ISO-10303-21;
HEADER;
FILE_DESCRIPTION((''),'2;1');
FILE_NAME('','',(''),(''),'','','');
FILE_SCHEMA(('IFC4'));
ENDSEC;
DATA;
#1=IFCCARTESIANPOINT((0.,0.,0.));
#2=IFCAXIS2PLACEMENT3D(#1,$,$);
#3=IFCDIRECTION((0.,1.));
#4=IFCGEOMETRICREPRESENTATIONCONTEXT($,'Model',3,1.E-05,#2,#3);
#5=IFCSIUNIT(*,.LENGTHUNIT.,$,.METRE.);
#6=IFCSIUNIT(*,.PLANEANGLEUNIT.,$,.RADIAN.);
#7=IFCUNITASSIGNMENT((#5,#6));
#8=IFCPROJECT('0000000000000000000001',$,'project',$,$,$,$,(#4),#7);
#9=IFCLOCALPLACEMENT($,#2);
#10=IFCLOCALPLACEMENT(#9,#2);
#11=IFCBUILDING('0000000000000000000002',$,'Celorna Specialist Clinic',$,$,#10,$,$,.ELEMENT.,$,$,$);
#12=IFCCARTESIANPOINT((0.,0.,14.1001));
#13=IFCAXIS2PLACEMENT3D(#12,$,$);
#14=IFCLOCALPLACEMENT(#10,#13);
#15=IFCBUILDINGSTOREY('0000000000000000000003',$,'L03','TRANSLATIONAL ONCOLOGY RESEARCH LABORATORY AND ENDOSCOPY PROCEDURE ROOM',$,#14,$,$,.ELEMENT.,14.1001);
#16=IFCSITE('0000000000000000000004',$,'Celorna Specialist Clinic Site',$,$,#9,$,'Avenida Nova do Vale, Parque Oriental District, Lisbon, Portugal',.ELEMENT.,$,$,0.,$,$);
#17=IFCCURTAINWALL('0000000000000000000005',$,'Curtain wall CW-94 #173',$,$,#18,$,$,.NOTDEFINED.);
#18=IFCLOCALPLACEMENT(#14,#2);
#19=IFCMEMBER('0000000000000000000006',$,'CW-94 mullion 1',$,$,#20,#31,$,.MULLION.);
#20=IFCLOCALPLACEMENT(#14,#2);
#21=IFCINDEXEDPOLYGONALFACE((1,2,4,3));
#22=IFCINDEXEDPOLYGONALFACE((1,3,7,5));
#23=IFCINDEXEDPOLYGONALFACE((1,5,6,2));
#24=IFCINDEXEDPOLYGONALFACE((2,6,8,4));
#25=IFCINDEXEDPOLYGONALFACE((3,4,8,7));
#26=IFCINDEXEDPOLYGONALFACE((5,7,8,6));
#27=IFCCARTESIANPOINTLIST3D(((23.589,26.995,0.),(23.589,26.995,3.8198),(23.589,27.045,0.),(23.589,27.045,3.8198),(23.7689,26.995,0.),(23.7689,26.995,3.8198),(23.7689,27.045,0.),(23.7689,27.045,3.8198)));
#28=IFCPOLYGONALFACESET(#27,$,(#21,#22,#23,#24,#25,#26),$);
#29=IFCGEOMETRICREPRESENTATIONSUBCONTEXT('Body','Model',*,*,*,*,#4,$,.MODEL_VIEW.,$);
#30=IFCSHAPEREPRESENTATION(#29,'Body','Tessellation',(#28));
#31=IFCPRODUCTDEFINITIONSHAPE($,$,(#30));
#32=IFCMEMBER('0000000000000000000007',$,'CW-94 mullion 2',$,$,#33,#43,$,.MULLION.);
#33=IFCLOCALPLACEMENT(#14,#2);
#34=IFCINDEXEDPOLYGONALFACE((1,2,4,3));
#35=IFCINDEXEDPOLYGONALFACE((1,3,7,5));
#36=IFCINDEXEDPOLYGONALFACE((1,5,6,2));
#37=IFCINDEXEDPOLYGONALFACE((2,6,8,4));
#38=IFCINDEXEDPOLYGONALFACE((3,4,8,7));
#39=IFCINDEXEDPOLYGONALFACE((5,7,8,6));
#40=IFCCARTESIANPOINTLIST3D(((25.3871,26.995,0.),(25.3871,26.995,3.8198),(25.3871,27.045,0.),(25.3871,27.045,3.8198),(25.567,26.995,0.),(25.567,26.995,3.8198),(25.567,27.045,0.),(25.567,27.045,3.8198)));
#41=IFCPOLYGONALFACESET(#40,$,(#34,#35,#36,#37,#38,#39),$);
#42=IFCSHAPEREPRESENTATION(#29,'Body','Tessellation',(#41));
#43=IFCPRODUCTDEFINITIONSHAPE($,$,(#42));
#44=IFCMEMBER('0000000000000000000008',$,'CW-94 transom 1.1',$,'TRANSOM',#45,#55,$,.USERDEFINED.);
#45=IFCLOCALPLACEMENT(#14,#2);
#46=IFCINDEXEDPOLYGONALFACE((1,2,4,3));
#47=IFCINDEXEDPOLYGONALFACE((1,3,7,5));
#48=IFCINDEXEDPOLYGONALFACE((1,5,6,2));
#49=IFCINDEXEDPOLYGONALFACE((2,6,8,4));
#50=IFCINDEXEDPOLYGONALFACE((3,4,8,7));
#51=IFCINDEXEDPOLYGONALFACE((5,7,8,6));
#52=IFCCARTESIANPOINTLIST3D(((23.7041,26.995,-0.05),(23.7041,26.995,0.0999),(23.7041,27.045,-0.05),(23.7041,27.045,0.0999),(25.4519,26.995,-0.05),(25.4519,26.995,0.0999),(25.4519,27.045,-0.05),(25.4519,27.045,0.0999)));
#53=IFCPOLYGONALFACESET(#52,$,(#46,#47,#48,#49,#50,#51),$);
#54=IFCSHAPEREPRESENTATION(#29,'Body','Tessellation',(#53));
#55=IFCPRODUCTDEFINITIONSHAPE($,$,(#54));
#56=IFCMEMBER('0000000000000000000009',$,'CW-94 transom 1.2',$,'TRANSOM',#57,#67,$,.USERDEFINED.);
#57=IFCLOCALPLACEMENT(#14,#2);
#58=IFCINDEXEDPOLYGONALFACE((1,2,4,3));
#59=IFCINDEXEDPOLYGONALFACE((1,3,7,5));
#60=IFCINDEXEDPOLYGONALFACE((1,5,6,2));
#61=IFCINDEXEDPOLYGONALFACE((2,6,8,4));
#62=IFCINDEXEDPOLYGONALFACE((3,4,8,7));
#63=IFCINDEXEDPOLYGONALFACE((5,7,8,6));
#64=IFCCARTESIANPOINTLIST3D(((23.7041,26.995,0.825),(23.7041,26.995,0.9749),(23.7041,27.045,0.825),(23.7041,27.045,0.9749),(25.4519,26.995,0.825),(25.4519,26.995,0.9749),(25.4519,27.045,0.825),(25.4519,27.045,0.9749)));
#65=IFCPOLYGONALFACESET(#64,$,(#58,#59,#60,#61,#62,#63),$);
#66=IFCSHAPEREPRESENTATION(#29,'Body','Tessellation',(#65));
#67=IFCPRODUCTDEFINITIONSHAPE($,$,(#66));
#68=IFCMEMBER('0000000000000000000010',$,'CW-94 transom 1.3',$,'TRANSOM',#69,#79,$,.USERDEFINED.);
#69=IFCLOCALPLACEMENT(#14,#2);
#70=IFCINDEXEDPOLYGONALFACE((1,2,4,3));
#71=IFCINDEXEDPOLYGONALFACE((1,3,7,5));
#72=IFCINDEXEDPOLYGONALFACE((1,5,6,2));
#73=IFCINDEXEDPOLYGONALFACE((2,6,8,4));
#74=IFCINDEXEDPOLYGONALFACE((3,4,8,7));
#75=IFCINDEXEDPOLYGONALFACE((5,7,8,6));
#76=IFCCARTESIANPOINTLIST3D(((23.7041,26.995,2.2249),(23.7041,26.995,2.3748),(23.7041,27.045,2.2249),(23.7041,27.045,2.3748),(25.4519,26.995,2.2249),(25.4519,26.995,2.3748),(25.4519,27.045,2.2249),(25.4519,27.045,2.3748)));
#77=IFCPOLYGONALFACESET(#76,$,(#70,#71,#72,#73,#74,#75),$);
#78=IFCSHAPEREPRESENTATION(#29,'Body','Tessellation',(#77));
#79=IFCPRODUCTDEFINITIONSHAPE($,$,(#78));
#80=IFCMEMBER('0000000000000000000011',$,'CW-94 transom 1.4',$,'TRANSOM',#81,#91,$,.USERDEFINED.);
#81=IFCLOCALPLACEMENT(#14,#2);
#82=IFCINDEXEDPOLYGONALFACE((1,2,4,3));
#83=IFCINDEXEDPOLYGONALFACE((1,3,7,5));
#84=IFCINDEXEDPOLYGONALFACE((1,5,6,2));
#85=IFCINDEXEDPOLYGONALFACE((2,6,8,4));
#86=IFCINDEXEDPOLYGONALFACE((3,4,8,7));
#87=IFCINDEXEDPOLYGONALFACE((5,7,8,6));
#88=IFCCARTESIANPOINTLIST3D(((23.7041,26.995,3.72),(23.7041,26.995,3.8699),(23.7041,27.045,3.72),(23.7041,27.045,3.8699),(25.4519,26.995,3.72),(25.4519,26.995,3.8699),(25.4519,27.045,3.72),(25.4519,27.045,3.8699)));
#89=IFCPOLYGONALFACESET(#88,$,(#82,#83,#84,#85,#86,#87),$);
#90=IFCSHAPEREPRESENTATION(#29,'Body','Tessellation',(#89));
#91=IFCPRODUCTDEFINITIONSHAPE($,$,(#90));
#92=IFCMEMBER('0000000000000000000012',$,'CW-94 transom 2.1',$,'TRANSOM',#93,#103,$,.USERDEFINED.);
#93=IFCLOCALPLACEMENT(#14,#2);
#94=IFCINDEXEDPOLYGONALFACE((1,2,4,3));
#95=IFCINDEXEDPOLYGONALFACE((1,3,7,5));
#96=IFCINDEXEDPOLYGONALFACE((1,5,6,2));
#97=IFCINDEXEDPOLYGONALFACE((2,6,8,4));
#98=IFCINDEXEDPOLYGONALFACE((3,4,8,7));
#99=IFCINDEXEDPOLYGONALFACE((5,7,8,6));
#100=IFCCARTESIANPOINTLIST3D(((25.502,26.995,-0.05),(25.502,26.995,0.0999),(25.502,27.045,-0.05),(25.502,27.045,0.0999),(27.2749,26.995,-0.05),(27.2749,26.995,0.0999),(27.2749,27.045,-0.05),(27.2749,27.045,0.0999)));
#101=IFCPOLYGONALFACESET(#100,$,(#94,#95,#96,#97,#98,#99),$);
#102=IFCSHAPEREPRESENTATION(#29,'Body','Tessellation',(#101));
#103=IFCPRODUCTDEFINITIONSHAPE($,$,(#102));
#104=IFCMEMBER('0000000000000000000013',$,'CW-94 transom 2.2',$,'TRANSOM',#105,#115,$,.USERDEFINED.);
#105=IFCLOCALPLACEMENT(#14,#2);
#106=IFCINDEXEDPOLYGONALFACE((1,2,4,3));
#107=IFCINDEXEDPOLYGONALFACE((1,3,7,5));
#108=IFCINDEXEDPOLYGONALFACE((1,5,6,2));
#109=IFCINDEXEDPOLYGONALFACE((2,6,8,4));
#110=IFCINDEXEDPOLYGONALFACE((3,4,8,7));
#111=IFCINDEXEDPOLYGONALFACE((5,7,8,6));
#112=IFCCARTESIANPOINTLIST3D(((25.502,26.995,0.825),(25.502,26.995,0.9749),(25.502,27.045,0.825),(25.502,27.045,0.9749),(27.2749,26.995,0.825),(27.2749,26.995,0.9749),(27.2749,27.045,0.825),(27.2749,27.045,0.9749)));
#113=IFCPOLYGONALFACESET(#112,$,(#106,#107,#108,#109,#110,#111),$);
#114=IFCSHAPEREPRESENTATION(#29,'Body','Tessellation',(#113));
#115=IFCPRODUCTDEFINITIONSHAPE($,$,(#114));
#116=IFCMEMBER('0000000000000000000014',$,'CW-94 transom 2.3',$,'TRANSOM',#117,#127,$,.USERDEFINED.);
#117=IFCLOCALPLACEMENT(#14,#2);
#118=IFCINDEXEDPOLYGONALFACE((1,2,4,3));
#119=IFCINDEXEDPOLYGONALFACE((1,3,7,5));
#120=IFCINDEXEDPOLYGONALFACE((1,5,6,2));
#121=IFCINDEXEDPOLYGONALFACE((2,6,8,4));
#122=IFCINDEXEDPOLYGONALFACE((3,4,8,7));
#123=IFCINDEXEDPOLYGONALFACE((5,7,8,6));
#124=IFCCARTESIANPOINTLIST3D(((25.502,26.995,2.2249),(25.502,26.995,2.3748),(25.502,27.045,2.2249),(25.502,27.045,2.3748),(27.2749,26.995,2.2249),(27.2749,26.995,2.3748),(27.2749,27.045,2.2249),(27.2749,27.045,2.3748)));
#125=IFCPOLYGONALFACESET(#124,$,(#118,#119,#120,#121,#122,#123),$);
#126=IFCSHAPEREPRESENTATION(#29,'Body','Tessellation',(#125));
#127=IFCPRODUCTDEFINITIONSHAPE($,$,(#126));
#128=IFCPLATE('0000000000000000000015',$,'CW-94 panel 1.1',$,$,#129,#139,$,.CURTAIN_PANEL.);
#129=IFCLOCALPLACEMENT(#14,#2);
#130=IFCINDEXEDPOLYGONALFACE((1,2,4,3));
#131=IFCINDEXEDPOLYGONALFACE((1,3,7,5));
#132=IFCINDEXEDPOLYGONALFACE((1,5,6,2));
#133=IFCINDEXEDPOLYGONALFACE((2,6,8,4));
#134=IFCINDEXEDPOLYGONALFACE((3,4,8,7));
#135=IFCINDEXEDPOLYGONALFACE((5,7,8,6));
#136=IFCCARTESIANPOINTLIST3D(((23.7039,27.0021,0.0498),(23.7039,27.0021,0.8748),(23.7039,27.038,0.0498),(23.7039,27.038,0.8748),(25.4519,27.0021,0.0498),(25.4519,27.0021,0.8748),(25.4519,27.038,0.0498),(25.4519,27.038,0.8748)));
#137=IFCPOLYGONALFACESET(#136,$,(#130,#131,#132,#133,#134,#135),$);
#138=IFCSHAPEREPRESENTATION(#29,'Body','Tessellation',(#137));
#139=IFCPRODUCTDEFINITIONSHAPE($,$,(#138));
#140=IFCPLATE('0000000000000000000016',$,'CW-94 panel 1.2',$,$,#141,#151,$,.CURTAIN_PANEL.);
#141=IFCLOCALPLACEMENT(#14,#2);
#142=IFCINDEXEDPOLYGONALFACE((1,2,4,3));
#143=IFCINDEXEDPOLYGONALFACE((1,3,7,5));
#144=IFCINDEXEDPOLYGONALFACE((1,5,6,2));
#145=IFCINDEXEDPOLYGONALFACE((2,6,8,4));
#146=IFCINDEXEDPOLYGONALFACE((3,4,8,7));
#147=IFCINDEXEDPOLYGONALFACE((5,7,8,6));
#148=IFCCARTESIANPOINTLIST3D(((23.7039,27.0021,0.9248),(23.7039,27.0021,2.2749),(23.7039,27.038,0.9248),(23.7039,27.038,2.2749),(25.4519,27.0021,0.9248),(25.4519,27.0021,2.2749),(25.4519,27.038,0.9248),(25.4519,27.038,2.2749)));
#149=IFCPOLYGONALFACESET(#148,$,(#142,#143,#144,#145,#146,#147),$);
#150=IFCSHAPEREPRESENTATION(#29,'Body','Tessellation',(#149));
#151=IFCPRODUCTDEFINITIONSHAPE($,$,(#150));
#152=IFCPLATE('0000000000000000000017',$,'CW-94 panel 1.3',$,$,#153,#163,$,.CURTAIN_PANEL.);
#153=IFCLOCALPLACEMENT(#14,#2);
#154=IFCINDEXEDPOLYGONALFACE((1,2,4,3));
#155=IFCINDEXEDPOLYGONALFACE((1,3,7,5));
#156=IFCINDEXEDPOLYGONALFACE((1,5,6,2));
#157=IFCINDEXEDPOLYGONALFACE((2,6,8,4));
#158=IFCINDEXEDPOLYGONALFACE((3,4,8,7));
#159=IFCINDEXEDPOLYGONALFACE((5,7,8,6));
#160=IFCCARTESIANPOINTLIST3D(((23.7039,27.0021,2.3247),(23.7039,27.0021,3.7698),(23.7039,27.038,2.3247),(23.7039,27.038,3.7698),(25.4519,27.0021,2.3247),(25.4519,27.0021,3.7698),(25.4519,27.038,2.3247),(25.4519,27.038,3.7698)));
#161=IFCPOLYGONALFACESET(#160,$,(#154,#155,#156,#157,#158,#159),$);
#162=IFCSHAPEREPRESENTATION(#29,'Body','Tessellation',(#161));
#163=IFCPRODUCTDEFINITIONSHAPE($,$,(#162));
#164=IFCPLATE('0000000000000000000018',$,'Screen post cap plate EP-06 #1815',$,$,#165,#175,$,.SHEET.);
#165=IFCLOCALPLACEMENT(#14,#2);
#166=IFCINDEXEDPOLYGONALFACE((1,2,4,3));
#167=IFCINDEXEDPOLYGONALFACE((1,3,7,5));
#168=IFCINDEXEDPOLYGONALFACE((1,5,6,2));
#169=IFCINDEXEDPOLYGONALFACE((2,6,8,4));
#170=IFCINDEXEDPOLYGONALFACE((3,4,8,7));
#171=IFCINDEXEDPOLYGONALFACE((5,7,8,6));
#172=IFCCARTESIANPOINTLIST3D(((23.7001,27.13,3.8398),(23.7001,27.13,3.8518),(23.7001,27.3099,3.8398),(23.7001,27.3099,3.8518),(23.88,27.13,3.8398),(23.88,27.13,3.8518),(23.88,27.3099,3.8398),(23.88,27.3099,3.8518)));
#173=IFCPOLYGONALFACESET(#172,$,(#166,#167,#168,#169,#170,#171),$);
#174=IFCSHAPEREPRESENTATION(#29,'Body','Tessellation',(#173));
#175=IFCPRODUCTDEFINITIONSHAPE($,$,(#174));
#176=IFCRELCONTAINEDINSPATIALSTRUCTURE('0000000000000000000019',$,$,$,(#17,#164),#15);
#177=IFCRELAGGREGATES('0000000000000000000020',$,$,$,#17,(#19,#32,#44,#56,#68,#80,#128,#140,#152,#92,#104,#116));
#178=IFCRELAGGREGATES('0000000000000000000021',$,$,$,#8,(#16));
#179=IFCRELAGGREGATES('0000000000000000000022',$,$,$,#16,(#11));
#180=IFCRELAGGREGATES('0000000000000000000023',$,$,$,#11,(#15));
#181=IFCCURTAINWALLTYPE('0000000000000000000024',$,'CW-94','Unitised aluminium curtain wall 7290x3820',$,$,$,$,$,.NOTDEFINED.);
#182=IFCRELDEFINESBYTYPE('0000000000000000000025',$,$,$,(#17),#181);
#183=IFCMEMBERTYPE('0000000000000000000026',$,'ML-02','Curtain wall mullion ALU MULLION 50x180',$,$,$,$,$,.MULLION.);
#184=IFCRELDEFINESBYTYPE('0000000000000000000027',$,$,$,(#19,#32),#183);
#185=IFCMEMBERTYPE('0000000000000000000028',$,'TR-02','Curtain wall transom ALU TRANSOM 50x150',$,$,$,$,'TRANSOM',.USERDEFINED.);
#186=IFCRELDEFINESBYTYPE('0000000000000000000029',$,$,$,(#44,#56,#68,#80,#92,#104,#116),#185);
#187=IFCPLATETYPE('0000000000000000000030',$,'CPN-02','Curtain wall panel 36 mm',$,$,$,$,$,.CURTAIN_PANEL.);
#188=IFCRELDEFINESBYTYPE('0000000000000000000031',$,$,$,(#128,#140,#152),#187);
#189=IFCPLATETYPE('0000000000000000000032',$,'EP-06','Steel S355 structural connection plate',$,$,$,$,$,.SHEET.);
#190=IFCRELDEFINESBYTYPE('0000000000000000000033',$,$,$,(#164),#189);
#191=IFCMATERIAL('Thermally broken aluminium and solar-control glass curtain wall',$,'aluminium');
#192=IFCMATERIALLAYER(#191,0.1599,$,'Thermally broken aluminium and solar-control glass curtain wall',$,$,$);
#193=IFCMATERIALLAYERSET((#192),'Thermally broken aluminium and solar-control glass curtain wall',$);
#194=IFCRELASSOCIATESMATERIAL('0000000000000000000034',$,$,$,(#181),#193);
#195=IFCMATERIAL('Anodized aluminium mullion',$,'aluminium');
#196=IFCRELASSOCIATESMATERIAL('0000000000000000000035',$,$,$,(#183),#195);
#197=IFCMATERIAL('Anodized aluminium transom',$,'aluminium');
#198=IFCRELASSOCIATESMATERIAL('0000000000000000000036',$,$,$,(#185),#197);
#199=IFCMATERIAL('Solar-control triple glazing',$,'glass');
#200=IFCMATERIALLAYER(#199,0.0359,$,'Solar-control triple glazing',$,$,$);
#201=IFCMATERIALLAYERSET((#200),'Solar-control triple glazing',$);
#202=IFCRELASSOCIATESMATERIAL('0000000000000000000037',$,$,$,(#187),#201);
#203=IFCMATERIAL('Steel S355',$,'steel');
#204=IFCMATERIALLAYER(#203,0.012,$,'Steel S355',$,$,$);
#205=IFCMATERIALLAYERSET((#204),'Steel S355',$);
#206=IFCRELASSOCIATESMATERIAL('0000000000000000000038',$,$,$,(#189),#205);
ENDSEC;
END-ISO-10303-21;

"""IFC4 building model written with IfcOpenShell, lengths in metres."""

from ifc_helpers import new_model, si_unit, direction, frame, origin, origin_2d, place, context, subcontext, project, spatial, rectangle, extrude, material, layer, layer_set, material_profile, profile_set, type_object, element, aggregate, save


model = new_model("IFC4")

# Units and contexts
model_context = context("Model", 3, precision=1e-05, world=origin(), true_north=direction((0.0, 1.0)))
body_context = subcontext(model_context, "Body", "Model", "MODEL_VIEW")
ifc_project = project(units=[si_unit("LENGTHUNIT", "METRE"), si_unit("PLANEANGLEUNIT", "RADIAN")], contexts=[model_context])

# Site, building, storey
site_placement = place(None, origin())
site = spatial("IfcSite", under=ifc_project, at=site_placement, Name="Celorna Specialist Clinic Site", LongName="Avenida Nova do Vale, Parque Oriental District, Lisbon, Portugal", CompositionType="ELEMENT", RefElevation=0.0)
building_placement = place(site_placement, origin())
building = spatial("IfcBuilding", under=site, at=building_placement, Name="Celorna Specialist Clinic", CompositionType="ELEMENT")
storey_placement = place(building_placement, frame((0.0, 0.0, 14.1001)))
storey = spatial("IfcBuildingStorey", under=building, at=storey_placement, Name="L03", Description="TRANSLATIONAL ONCOLOGY RESEARCH LABORATORY AND ENDOSCOPY PROCEDURE ROOM", CompositionType="ELEMENT", Elevation=14.1001)

# Shared definitions
ifc_material_1 = material(Name="Steel S355", Category="steel")

# Curtain wall, members, plates
ifc_material_2 = material(Name="Thermally broken aluminium and solar-control glass curtain wall", Category="aluminium")
ifc_layer_1 = layer(ifc_material_2, 0.1599, Name="Thermally broken aluminium and solar-control glass curtain wall")
ifc_layer_set_1 = layer_set([ifc_layer_1], Name="Thermally broken aluminium and solar-control glass curtain wall")
curtain_wall_type = type_object("IfcCurtainWallType", Name="CW-94", Description="Unitised aluminium curtain wall 7290x3820", PredefinedType="NOTDEFINED", material=ifc_layer_set_1)
curtain_wall_placement = place(storey_placement, origin())
curtain_wall = element("IfcCurtainWall", 1, at=curtain_wall_placement, inside=storey, type_object=curtain_wall_type, Name="Curtain wall CW-94 #173", PredefinedType="NOTDEFINED")
ifc_material_3 = material(Name="Anodized aluminium mullion", Category="aluminium")
ifc_material_profile_1 = material_profile(ifc_material_3, rectangle(XDim=0.05, YDim=0.1799, at=origin_2d()), Name="ALU MULLION 50x180")
ifc_profile_set_1 = profile_set([ifc_material_profile_1], Name="Anodized aluminium mullion")
member_type_1 = type_object("IfcMemberType", Name="ML-02", Description="Curtain wall mullion ALU MULLION 50x180", PredefinedType="MULLION", material=ifc_profile_set_1)
member_1_placement = place(storey_placement, frame((23.679, 27.02, 0.0), z_axis=(0.0, 0.0, 1.0), x_axis=(0.0, 1.0, 0.0)))
member_1 = element("IfcMember", 2, at=member_1_placement, type_object=member_type_1, Name="CW-94 mullion 1", PredefinedType="MULLION", context=body_context, shape_type="SweptSolid", body=[
    extrude(rectangle(XDim=0.05, YDim=0.1799, at=origin_2d()), origin(), (0.0, 0.0, 1.0), 3.8198),
])
member_2_placement = place(storey_placement, frame((25.4771, 27.02, 0.0), z_axis=(0.0, 0.0, 1.0), x_axis=(0.0, 1.0, 0.0)))
member_2 = element("IfcMember", 3, at=member_2_placement, type_object=member_type_1, Name="CW-94 mullion 2", PredefinedType="MULLION", context=body_context, shape_type="SweptSolid", body=[
    extrude(rectangle(XDim=0.05, YDim=0.1799, at=origin_2d()), origin(), (0.0, 0.0, 1.0), 3.8198),
])
ifc_material_4 = material(Name="Anodized aluminium transom", Category="aluminium")
ifc_material_profile_2 = material_profile(ifc_material_4, rectangle(XDim=0.05, YDim=0.1499, at=origin_2d()), Name="ALU TRANSOM 50x150")
ifc_profile_set_2 = profile_set([ifc_material_profile_2], Name="Anodized aluminium transom")
member_type_2 = type_object("IfcMemberType", Name="TR-02", Description="Curtain wall transom ALU TRANSOM 50x150", ElementType="TRANSOM", PredefinedType="USERDEFINED", material=ifc_profile_set_2)
member_3_placement = place(storey_placement, frame((23.7041, 27.02, 0.0249), z_axis=(1.0, 0.0, 0.0), x_axis=(0.0, 1.0, 0.0)))
member_3 = element("IfcMember", 4, at=member_3_placement, type_object=member_type_2, Name="CW-94 transom 1.1", ObjectType="TRANSOM", PredefinedType="USERDEFINED", context=body_context, shape_type="SweptSolid", body=[
    extrude(rectangle(XDim=0.05, YDim=0.1499, at=origin_2d()), origin(), (0.0, 0.0, 1.0), 1.7478),
])
member_4_placement = place(storey_placement, frame((23.7041, 27.02, 0.8999), z_axis=(1.0, 0.0, 0.0), x_axis=(0.0, 1.0, 0.0)))
member_4 = element("IfcMember", 5, at=member_4_placement, type_object=member_type_2, Name="CW-94 transom 1.2", ObjectType="TRANSOM", PredefinedType="USERDEFINED", context=body_context, shape_type="SweptSolid", body=[
    extrude(rectangle(XDim=0.05, YDim=0.1499, at=origin_2d()), origin(), (0.0, 0.0, 1.0), 1.7478),
])
member_5_placement = place(storey_placement, frame((23.7041, 27.02, 2.2998), z_axis=(1.0, 0.0, 0.0), x_axis=(0.0, 1.0, 0.0)))
member_5 = element("IfcMember", 6, at=member_5_placement, type_object=member_type_2, Name="CW-94 transom 1.3", ObjectType="TRANSOM", PredefinedType="USERDEFINED", context=body_context, shape_type="SweptSolid", body=[
    extrude(rectangle(XDim=0.05, YDim=0.1499, at=origin_2d()), origin(), (0.0, 0.0, 1.0), 1.7478),
])
member_6_placement = place(storey_placement, frame((23.7041, 27.02, 3.7949), z_axis=(1.0, 0.0, 0.0), x_axis=(0.0, 1.0, 0.0)))
member_6 = element("IfcMember", 7, at=member_6_placement, type_object=member_type_2, Name="CW-94 transom 1.4", ObjectType="TRANSOM", PredefinedType="USERDEFINED", context=body_context, shape_type="SweptSolid", body=[
    extrude(rectangle(XDim=0.05, YDim=0.1499, at=origin_2d()), origin(), (0.0, 0.0, 1.0), 1.7478),
])
member_7_placement = place(storey_placement, frame((25.502, 27.02, 0.0249), z_axis=(1.0, 0.0, 0.0), x_axis=(0.0, 1.0, 0.0)))
member_7 = element("IfcMember", 8, at=member_7_placement, type_object=member_type_2, Name="CW-94 transom 2.1", ObjectType="TRANSOM", PredefinedType="USERDEFINED", context=body_context, shape_type="SweptSolid", body=[
    extrude(rectangle(XDim=0.05, YDim=0.1499, at=origin_2d()), origin(), (0.0, 0.0, 1.0), 1.7729),
])
member_8_placement = place(storey_placement, frame((25.502, 27.02, 0.8999), z_axis=(1.0, 0.0, 0.0), x_axis=(0.0, 1.0, 0.0)))
member_8 = element("IfcMember", 9, at=member_8_placement, type_object=member_type_2, Name="CW-94 transom 2.2", ObjectType="TRANSOM", PredefinedType="USERDEFINED", context=body_context, shape_type="SweptSolid", body=[
    extrude(rectangle(XDim=0.05, YDim=0.1499, at=origin_2d()), origin(), (0.0, 0.0, 1.0), 1.7729),
])
member_9_placement = place(storey_placement, frame((25.502, 27.02, 2.2998), z_axis=(1.0, 0.0, 0.0), x_axis=(0.0, 1.0, 0.0)))
member_9 = element("IfcMember", 10, at=member_9_placement, type_object=member_type_2, Name="CW-94 transom 2.3", ObjectType="TRANSOM", PredefinedType="USERDEFINED", context=body_context, shape_type="SweptSolid", body=[
    extrude(rectangle(XDim=0.05, YDim=0.1499, at=origin_2d()), origin(), (0.0, 0.0, 1.0), 1.7729),
])
ifc_material_5 = material(Name="Solar-control triple glazing", Category="glass")
ifc_layer_2 = layer(ifc_material_5, 0.0359, Name="Solar-control triple glazing")
ifc_layer_set_2 = layer_set([ifc_layer_2], Name="Solar-control triple glazing")
plate_type_1 = type_object("IfcPlateType", Name="CPN-02", Description="Curtain wall panel 36 mm", PredefinedType="CURTAIN_PANEL", material=ifc_layer_set_2)
plate_1_placement = place(storey_placement, frame((24.5779, 27.02, 0.0498), z_axis=(0.0, 0.0, 1.0), x_axis=(1.0, 0.0, 0.0)))
plate_1 = element("IfcPlate", 11, at=plate_1_placement, type_object=plate_type_1, Name="CW-94 panel 1.1", PredefinedType="CURTAIN_PANEL", context=body_context, shape_type="SweptSolid", body=[
    extrude(rectangle(XDim=1.748, YDim=0.0359, at=origin_2d()), origin(), (0.0, 0.0, 1.0), 0.825),
])
plate_2_placement = place(storey_placement, frame((24.5779, 27.02, 0.9248), z_axis=(0.0, 0.0, 1.0), x_axis=(1.0, 0.0, 0.0)))
plate_2 = element("IfcPlate", 12, at=plate_2_placement, type_object=plate_type_1, Name="CW-94 panel 1.2", PredefinedType="CURTAIN_PANEL", context=body_context, shape_type="SweptSolid", body=[
    extrude(rectangle(XDim=1.748, YDim=0.0359, at=origin_2d()), origin(), (0.0, 0.0, 1.0), 1.3501),
])
plate_3_placement = place(storey_placement, frame((24.5779, 27.02, 2.3247), z_axis=(0.0, 0.0, 1.0), x_axis=(1.0, 0.0, 0.0)))
plate_3 = element("IfcPlate", 13, at=plate_3_placement, type_object=plate_type_1, Name="CW-94 panel 1.3", PredefinedType="CURTAIN_PANEL", context=body_context, shape_type="SweptSolid", body=[
    extrude(rectangle(XDim=1.748, YDim=0.0359, at=origin_2d()), origin(), (0.0, 0.0, 1.0), 1.4451),
])
aggregate(curtain_wall, [member_1, member_2, member_3, member_4, member_5, member_6, plate_1, plate_2, plate_3, member_7, member_8, member_9])

# Plate
ifc_layer_3 = layer(ifc_material_1, 0.012, Name="Steel S355")
ifc_layer_set_3 = layer_set([ifc_layer_3], Name="Steel S355")
plate_type_2 = type_object("IfcPlateType", Name="EP-06", Description="Steel S355 structural connection plate", PredefinedType="SHEET", material=ifc_layer_set_3)
plate_4_placement = place(storey_placement, frame((23.79, 27.22, 3.8398), z_axis=(0.0, 0.0, 1.0), x_axis=(1.0, 0.0, 0.0)))
element("IfcPlate", 14, at=plate_4_placement, inside=storey, type_object=plate_type_2, Name="Screen post cap plate EP-06 #1815", PredefinedType="SHEET", context=body_context, shape_type="SweptSolid", body=[
    extrude(rectangle(XDim=0.1799, YDim=0.1799, at=origin_2d()), origin(), (0.0, 0.0, 1.0), 0.012),
])

save(model, "model.ifc")
